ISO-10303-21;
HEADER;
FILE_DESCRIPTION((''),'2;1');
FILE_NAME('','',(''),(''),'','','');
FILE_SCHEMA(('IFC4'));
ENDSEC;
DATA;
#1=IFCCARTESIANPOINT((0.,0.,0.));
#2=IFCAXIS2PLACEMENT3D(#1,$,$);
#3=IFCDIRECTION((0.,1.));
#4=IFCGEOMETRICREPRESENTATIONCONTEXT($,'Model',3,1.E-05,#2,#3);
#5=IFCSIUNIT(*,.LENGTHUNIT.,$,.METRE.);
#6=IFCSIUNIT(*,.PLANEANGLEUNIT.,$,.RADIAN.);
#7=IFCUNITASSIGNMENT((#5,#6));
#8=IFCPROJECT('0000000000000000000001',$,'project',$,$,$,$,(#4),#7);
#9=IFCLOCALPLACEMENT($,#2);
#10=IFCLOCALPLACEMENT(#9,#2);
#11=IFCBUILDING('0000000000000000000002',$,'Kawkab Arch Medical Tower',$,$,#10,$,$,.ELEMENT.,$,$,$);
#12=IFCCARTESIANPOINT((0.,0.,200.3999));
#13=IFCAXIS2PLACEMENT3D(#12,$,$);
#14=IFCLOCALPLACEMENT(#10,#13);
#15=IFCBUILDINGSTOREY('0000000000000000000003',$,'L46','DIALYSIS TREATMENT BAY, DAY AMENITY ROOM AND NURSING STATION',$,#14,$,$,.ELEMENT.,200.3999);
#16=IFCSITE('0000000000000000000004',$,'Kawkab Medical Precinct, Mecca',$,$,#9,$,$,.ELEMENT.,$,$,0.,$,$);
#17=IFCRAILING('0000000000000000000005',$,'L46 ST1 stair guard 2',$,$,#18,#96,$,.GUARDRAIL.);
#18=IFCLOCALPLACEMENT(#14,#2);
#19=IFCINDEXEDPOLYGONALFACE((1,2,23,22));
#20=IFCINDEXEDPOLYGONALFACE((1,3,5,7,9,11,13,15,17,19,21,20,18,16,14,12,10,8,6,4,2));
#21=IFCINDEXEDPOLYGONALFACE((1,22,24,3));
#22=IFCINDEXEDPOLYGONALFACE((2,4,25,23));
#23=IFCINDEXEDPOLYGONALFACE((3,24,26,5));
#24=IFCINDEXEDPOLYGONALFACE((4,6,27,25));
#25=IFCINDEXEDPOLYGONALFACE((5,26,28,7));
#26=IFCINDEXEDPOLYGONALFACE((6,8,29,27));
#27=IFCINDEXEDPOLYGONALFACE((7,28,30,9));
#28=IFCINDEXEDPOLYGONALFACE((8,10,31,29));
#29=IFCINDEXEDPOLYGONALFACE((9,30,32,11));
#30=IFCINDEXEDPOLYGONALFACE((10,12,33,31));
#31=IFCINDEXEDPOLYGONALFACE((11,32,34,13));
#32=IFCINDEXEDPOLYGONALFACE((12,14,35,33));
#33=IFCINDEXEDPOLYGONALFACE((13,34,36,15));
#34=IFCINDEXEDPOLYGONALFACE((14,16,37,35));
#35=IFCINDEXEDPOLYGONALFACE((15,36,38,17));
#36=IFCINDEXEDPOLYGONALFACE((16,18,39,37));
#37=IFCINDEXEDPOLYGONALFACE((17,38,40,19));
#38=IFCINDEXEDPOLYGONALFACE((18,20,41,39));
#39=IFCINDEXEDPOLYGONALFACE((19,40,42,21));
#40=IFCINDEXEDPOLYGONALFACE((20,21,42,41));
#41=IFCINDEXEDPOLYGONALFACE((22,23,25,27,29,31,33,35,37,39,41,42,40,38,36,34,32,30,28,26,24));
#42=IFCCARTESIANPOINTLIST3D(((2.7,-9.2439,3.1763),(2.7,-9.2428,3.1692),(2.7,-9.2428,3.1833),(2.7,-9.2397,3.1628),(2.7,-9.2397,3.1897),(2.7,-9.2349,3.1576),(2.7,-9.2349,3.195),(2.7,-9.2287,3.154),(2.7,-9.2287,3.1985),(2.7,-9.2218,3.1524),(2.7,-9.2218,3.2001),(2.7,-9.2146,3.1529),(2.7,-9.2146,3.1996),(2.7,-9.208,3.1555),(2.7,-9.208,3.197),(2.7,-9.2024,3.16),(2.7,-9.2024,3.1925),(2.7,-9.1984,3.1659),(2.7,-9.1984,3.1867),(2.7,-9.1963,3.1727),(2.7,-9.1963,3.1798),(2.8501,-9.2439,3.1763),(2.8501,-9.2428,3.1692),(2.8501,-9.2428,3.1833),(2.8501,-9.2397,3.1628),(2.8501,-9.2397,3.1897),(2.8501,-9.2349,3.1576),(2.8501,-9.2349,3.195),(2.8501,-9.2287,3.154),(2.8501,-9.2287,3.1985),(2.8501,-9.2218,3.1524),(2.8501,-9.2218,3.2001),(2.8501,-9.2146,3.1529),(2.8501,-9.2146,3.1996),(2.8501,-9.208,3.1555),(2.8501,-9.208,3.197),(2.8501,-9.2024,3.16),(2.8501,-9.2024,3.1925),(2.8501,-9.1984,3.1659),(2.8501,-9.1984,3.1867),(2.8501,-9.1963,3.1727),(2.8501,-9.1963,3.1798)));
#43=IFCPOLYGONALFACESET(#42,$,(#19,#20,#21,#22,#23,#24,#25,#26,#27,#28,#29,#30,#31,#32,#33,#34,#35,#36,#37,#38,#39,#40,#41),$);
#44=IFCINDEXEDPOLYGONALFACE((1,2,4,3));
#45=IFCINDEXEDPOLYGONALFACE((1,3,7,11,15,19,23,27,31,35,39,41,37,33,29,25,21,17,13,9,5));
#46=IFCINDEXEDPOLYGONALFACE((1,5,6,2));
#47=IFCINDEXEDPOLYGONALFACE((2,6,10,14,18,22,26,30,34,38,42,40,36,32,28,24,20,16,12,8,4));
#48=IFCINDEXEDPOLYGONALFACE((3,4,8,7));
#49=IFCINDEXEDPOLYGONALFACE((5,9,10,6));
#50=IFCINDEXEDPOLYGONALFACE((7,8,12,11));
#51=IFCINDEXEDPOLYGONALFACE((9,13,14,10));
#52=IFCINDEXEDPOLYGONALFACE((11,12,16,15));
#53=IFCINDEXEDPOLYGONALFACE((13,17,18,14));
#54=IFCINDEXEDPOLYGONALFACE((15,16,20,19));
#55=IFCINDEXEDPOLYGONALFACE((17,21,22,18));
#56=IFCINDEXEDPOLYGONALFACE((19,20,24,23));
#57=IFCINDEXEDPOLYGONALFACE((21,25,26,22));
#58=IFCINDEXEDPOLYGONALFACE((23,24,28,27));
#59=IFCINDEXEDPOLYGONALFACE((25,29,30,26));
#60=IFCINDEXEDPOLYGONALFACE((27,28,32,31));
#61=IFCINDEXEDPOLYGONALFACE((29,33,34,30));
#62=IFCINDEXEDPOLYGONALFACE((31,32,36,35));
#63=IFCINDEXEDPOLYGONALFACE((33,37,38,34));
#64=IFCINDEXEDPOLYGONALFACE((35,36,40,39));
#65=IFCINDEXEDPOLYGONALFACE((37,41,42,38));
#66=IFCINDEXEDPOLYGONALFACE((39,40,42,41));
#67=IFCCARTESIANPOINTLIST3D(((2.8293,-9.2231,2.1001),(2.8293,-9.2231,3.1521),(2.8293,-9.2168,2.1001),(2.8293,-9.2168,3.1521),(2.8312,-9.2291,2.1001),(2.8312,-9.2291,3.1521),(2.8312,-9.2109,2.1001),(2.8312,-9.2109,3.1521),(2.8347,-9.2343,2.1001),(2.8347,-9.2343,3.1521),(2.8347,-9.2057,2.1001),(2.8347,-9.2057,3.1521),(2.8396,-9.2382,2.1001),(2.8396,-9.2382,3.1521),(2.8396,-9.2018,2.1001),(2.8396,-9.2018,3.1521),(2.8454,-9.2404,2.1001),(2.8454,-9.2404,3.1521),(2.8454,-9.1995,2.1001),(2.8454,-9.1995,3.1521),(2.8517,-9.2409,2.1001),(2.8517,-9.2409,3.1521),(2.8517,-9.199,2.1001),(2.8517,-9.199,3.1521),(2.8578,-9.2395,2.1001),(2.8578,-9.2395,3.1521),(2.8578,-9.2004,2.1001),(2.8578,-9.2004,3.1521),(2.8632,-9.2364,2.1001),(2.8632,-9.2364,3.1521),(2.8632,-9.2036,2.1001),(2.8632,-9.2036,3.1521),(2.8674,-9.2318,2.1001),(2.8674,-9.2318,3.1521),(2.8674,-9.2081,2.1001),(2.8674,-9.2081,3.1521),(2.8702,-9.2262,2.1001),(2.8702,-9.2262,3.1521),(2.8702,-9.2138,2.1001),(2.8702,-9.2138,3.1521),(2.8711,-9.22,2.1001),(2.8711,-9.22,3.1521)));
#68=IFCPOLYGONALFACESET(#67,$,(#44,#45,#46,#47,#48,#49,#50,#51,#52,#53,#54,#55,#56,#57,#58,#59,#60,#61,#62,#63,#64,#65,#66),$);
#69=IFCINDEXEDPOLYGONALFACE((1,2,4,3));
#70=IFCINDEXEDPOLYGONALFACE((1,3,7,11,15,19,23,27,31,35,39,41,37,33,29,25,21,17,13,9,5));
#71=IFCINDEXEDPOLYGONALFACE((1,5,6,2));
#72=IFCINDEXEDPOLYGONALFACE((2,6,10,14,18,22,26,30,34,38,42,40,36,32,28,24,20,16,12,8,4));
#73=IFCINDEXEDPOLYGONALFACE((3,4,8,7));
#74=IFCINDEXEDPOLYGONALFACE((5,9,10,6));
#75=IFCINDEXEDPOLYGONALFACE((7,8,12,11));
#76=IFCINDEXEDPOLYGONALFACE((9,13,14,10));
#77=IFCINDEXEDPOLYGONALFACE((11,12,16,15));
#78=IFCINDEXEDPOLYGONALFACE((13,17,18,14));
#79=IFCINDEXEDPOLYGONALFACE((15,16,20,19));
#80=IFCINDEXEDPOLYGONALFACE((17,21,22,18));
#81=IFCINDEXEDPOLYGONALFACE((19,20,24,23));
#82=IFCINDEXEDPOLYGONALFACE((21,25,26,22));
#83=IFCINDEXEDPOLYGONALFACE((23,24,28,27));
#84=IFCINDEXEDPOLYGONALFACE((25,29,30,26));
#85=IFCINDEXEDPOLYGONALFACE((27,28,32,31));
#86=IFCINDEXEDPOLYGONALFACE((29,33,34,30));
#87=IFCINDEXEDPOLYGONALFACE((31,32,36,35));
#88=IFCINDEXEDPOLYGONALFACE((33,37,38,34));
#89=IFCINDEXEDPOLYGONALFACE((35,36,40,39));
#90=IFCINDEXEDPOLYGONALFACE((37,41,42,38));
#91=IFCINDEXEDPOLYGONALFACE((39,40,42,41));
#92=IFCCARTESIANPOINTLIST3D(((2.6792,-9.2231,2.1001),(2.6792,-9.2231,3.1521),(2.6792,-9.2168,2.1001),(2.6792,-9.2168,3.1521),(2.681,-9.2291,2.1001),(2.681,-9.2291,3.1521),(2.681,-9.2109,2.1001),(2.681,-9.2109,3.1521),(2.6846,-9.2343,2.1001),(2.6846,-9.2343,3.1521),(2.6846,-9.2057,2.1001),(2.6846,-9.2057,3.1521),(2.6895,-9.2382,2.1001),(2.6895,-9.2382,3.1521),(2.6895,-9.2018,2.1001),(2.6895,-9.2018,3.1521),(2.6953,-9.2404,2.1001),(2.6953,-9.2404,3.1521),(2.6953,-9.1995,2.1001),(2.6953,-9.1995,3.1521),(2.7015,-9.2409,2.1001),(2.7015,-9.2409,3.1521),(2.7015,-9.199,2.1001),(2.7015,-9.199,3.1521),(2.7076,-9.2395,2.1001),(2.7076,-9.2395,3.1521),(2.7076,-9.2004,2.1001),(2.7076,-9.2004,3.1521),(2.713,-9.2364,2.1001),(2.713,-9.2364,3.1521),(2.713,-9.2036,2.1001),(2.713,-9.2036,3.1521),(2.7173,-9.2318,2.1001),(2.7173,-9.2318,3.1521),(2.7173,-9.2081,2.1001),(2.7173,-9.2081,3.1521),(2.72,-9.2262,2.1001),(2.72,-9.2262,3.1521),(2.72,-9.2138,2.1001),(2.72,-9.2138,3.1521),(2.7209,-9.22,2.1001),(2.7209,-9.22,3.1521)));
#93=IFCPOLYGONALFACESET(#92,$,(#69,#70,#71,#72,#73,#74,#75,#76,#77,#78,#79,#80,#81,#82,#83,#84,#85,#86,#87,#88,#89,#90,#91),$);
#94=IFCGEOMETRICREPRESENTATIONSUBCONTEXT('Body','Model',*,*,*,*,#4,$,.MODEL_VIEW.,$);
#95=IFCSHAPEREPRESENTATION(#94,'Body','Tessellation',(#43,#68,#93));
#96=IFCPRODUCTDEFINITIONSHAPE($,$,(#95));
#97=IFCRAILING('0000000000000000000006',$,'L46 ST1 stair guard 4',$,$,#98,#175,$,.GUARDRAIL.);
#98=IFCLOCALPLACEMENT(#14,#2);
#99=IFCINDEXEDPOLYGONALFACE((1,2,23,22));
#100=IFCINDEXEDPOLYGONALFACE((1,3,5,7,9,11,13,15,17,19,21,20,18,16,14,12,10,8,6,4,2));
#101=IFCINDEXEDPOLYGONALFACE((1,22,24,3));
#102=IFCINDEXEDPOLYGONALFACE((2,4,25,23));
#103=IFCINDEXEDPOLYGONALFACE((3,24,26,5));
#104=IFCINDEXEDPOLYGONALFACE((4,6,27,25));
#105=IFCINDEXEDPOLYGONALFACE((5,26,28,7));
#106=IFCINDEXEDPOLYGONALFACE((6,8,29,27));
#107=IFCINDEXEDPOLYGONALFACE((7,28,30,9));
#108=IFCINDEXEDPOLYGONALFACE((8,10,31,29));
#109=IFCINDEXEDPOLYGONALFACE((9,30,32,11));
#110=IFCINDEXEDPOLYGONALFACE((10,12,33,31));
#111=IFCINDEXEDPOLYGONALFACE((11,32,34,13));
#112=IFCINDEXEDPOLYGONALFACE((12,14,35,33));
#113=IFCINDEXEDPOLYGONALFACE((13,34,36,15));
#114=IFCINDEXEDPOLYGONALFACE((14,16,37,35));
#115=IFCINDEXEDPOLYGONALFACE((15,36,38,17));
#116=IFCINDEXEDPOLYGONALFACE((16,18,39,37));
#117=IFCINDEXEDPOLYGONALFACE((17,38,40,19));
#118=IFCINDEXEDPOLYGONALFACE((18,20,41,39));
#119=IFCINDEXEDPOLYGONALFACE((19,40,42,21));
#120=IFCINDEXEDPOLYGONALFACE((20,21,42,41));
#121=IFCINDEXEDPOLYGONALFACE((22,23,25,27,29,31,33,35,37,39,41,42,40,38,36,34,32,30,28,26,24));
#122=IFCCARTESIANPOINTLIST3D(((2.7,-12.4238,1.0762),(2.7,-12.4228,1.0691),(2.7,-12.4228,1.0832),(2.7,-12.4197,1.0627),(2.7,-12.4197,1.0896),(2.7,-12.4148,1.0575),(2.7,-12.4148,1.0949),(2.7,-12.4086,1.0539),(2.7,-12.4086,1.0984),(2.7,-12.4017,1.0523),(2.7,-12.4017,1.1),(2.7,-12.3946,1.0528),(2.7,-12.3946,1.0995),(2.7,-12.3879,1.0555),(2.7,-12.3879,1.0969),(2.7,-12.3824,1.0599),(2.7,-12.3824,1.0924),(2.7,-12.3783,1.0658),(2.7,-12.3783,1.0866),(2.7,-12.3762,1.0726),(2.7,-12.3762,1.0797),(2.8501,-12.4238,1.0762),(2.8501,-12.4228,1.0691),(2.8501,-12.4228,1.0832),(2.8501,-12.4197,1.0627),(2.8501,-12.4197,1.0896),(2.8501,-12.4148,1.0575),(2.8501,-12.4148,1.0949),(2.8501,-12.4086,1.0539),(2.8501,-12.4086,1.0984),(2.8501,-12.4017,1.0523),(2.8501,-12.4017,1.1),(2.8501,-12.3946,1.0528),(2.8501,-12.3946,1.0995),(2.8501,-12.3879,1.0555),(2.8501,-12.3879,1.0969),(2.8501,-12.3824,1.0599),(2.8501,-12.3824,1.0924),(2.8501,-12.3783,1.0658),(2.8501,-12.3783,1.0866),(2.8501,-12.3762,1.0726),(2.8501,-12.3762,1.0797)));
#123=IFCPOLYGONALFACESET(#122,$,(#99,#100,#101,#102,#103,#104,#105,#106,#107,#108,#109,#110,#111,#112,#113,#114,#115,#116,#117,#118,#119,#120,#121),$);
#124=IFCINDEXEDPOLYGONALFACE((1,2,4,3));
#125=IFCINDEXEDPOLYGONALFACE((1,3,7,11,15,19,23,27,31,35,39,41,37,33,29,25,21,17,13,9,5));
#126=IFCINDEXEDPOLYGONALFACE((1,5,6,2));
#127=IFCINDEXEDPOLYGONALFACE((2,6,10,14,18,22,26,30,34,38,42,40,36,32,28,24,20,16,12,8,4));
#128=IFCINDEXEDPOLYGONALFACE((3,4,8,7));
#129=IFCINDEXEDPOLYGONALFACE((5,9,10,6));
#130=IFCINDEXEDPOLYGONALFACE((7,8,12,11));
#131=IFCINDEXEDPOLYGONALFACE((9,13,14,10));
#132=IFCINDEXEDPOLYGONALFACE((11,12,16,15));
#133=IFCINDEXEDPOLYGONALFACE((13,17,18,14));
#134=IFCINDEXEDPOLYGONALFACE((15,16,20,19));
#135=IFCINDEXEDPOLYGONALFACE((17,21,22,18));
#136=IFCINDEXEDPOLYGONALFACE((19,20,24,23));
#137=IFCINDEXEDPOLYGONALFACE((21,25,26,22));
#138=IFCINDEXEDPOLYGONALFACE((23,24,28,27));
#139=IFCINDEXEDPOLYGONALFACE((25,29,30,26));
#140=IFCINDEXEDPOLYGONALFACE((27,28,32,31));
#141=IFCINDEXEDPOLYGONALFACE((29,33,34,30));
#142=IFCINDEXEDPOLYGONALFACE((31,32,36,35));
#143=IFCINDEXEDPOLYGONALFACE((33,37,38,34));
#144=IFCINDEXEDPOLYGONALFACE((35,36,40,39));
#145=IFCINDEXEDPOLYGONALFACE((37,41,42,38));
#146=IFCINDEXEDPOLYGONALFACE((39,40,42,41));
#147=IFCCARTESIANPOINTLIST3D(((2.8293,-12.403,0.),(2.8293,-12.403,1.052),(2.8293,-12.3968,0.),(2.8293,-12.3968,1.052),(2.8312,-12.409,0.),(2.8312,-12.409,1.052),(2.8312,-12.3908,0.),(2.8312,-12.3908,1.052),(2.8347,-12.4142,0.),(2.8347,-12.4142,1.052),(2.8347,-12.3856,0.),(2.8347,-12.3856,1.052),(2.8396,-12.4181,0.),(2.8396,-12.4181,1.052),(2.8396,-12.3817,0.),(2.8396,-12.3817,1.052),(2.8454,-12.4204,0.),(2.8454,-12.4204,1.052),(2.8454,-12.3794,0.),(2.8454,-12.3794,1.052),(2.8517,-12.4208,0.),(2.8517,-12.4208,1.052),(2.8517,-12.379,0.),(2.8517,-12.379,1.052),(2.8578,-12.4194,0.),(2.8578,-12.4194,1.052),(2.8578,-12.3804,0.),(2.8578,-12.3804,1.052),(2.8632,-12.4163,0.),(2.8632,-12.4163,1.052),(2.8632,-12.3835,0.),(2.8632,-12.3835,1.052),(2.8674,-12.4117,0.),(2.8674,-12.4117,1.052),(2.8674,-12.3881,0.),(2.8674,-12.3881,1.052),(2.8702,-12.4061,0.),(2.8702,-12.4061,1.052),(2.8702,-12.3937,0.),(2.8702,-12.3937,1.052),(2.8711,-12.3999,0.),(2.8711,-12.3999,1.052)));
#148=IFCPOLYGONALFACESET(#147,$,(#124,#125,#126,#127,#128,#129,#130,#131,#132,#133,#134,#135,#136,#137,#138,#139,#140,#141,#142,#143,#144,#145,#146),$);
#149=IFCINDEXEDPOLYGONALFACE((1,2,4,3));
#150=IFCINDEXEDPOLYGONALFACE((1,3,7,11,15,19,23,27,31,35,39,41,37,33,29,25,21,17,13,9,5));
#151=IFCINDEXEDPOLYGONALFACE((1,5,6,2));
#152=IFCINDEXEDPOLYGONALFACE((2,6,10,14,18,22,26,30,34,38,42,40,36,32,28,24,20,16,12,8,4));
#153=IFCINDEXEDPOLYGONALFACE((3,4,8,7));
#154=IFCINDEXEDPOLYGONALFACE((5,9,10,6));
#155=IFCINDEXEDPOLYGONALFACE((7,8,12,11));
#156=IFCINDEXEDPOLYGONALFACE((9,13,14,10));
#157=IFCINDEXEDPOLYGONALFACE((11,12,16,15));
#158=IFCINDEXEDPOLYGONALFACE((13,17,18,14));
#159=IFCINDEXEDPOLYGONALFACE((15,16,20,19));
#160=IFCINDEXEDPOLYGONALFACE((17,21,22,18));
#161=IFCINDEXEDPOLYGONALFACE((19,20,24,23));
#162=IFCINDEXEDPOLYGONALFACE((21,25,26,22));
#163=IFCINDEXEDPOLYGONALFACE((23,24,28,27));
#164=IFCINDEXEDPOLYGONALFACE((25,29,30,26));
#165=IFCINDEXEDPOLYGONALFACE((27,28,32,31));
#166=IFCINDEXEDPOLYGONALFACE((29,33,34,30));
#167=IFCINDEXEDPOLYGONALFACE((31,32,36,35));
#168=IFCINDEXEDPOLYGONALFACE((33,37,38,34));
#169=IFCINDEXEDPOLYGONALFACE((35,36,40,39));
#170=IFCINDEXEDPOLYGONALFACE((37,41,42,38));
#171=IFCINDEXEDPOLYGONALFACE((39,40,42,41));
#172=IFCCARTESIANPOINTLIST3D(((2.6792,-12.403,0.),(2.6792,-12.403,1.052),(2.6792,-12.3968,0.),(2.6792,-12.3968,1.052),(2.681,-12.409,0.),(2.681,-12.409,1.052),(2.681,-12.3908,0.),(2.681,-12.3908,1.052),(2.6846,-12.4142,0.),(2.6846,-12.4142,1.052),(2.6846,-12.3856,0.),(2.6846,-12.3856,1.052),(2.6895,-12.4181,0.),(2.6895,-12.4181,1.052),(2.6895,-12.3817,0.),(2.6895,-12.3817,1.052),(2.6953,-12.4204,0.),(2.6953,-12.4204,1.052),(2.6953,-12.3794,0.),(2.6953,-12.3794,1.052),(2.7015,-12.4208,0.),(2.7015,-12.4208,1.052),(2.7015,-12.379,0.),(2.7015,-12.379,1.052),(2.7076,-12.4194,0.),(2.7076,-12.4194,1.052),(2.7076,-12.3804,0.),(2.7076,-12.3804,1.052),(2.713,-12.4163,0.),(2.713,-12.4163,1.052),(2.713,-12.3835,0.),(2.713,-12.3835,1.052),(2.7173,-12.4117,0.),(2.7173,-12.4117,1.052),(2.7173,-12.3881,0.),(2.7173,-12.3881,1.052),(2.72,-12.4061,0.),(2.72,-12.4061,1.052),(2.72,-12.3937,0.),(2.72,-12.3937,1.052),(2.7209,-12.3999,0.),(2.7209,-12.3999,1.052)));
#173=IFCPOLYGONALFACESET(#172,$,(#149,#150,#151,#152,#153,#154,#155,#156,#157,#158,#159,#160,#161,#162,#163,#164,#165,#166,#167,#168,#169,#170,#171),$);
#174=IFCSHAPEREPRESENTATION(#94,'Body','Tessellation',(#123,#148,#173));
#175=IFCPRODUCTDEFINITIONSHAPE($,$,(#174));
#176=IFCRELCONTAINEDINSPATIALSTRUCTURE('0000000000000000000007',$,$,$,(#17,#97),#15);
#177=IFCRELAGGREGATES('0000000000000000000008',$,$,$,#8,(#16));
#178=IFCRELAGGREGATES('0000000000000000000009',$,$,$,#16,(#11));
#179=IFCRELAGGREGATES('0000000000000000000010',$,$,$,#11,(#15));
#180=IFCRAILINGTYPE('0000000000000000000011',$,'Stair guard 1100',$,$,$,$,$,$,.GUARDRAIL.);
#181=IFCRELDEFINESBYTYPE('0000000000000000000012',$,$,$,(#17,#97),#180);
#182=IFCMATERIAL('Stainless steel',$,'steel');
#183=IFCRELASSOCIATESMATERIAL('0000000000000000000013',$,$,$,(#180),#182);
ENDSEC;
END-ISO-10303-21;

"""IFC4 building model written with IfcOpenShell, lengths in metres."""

from ifc_helpers import new_model, si_unit, direction, frame, origin, origin_2d, place, context, subcontext, project, spatial, circle, extrude, material, type_object, element, save


model = new_model("IFC4")

# Units and contexts
model_context = context("Model", 3, precision=1e-05, world=origin(), true_north=direction((0.0, 1.0)))
body_context = subcontext(model_context, "Body", "Model", "MODEL_VIEW")
ifc_project = project(units=[si_unit("LENGTHUNIT", "METRE"), si_unit("PLANEANGLEUNIT", "RADIAN")], contexts=[model_context])

# Site, building, storey
site_placement = place(None, origin())
site = spatial("IfcSite", under=ifc_project, at=site_placement, Name="Kawkab Medical Precinct, Mecca", CompositionType="ELEMENT", RefElevation=0.0)
building_placement = place(site_placement, origin())
building = spatial("IfcBuilding", under=site, at=building_placement, Name="Kawkab Arch Medical Tower", CompositionType="ELEMENT")
storey_placement = place(building_placement, frame((0.0, 0.0, 200.3999)))
storey = spatial("IfcBuildingStorey", under=building, at=storey_placement, Name="L46", Description="DIALYSIS TREATMENT BAY, DAY AMENITY ROOM AND NURSING STATION", CompositionType="ELEMENT", Elevation=200.3999)

# Railings
ifc_material_1 = material(Name="Stainless steel", Category="steel")
railing_type = type_object("IfcRailingType", Name="Stair guard 1100", PredefinedType="GUARDRAIL", material=ifc_material_1)
for number, where, name in (
    (1, (2.8501, -9.22, 2.1001), "L46 ST1 stair guard 2"),
    (2, (2.8501, -12.3999, 0.0), "L46 ST1 stair guard 4"),
):
    element("IfcRailing", number, at=place(storey_placement, frame(where)), inside=storey, type_object=railing_type, Name=name, PredefinedType="GUARDRAIL", context=body_context, shape_type="SweptSolid", body=[
        extrude(circle(Radius=0.0239, at=origin_2d()), frame((0.0, 0.0, 1.0762), z_axis=(-1.0, 0.0, 0.0), x_axis=(0.0, -1.0, 0.0)), (0.0, 0.0, 1.0), 0.1501),
        extrude(circle(Radius=0.021, at=origin_2d()), origin(), (0.0, 0.0, 1.0), 1.052),
        extrude(circle(Radius=0.021, at=origin_2d()), frame((-0.1501, 0.0, 0.0)), (0.0, 0.0, 1.0), 1.052),
    ])

save(model, "model.ifc")
